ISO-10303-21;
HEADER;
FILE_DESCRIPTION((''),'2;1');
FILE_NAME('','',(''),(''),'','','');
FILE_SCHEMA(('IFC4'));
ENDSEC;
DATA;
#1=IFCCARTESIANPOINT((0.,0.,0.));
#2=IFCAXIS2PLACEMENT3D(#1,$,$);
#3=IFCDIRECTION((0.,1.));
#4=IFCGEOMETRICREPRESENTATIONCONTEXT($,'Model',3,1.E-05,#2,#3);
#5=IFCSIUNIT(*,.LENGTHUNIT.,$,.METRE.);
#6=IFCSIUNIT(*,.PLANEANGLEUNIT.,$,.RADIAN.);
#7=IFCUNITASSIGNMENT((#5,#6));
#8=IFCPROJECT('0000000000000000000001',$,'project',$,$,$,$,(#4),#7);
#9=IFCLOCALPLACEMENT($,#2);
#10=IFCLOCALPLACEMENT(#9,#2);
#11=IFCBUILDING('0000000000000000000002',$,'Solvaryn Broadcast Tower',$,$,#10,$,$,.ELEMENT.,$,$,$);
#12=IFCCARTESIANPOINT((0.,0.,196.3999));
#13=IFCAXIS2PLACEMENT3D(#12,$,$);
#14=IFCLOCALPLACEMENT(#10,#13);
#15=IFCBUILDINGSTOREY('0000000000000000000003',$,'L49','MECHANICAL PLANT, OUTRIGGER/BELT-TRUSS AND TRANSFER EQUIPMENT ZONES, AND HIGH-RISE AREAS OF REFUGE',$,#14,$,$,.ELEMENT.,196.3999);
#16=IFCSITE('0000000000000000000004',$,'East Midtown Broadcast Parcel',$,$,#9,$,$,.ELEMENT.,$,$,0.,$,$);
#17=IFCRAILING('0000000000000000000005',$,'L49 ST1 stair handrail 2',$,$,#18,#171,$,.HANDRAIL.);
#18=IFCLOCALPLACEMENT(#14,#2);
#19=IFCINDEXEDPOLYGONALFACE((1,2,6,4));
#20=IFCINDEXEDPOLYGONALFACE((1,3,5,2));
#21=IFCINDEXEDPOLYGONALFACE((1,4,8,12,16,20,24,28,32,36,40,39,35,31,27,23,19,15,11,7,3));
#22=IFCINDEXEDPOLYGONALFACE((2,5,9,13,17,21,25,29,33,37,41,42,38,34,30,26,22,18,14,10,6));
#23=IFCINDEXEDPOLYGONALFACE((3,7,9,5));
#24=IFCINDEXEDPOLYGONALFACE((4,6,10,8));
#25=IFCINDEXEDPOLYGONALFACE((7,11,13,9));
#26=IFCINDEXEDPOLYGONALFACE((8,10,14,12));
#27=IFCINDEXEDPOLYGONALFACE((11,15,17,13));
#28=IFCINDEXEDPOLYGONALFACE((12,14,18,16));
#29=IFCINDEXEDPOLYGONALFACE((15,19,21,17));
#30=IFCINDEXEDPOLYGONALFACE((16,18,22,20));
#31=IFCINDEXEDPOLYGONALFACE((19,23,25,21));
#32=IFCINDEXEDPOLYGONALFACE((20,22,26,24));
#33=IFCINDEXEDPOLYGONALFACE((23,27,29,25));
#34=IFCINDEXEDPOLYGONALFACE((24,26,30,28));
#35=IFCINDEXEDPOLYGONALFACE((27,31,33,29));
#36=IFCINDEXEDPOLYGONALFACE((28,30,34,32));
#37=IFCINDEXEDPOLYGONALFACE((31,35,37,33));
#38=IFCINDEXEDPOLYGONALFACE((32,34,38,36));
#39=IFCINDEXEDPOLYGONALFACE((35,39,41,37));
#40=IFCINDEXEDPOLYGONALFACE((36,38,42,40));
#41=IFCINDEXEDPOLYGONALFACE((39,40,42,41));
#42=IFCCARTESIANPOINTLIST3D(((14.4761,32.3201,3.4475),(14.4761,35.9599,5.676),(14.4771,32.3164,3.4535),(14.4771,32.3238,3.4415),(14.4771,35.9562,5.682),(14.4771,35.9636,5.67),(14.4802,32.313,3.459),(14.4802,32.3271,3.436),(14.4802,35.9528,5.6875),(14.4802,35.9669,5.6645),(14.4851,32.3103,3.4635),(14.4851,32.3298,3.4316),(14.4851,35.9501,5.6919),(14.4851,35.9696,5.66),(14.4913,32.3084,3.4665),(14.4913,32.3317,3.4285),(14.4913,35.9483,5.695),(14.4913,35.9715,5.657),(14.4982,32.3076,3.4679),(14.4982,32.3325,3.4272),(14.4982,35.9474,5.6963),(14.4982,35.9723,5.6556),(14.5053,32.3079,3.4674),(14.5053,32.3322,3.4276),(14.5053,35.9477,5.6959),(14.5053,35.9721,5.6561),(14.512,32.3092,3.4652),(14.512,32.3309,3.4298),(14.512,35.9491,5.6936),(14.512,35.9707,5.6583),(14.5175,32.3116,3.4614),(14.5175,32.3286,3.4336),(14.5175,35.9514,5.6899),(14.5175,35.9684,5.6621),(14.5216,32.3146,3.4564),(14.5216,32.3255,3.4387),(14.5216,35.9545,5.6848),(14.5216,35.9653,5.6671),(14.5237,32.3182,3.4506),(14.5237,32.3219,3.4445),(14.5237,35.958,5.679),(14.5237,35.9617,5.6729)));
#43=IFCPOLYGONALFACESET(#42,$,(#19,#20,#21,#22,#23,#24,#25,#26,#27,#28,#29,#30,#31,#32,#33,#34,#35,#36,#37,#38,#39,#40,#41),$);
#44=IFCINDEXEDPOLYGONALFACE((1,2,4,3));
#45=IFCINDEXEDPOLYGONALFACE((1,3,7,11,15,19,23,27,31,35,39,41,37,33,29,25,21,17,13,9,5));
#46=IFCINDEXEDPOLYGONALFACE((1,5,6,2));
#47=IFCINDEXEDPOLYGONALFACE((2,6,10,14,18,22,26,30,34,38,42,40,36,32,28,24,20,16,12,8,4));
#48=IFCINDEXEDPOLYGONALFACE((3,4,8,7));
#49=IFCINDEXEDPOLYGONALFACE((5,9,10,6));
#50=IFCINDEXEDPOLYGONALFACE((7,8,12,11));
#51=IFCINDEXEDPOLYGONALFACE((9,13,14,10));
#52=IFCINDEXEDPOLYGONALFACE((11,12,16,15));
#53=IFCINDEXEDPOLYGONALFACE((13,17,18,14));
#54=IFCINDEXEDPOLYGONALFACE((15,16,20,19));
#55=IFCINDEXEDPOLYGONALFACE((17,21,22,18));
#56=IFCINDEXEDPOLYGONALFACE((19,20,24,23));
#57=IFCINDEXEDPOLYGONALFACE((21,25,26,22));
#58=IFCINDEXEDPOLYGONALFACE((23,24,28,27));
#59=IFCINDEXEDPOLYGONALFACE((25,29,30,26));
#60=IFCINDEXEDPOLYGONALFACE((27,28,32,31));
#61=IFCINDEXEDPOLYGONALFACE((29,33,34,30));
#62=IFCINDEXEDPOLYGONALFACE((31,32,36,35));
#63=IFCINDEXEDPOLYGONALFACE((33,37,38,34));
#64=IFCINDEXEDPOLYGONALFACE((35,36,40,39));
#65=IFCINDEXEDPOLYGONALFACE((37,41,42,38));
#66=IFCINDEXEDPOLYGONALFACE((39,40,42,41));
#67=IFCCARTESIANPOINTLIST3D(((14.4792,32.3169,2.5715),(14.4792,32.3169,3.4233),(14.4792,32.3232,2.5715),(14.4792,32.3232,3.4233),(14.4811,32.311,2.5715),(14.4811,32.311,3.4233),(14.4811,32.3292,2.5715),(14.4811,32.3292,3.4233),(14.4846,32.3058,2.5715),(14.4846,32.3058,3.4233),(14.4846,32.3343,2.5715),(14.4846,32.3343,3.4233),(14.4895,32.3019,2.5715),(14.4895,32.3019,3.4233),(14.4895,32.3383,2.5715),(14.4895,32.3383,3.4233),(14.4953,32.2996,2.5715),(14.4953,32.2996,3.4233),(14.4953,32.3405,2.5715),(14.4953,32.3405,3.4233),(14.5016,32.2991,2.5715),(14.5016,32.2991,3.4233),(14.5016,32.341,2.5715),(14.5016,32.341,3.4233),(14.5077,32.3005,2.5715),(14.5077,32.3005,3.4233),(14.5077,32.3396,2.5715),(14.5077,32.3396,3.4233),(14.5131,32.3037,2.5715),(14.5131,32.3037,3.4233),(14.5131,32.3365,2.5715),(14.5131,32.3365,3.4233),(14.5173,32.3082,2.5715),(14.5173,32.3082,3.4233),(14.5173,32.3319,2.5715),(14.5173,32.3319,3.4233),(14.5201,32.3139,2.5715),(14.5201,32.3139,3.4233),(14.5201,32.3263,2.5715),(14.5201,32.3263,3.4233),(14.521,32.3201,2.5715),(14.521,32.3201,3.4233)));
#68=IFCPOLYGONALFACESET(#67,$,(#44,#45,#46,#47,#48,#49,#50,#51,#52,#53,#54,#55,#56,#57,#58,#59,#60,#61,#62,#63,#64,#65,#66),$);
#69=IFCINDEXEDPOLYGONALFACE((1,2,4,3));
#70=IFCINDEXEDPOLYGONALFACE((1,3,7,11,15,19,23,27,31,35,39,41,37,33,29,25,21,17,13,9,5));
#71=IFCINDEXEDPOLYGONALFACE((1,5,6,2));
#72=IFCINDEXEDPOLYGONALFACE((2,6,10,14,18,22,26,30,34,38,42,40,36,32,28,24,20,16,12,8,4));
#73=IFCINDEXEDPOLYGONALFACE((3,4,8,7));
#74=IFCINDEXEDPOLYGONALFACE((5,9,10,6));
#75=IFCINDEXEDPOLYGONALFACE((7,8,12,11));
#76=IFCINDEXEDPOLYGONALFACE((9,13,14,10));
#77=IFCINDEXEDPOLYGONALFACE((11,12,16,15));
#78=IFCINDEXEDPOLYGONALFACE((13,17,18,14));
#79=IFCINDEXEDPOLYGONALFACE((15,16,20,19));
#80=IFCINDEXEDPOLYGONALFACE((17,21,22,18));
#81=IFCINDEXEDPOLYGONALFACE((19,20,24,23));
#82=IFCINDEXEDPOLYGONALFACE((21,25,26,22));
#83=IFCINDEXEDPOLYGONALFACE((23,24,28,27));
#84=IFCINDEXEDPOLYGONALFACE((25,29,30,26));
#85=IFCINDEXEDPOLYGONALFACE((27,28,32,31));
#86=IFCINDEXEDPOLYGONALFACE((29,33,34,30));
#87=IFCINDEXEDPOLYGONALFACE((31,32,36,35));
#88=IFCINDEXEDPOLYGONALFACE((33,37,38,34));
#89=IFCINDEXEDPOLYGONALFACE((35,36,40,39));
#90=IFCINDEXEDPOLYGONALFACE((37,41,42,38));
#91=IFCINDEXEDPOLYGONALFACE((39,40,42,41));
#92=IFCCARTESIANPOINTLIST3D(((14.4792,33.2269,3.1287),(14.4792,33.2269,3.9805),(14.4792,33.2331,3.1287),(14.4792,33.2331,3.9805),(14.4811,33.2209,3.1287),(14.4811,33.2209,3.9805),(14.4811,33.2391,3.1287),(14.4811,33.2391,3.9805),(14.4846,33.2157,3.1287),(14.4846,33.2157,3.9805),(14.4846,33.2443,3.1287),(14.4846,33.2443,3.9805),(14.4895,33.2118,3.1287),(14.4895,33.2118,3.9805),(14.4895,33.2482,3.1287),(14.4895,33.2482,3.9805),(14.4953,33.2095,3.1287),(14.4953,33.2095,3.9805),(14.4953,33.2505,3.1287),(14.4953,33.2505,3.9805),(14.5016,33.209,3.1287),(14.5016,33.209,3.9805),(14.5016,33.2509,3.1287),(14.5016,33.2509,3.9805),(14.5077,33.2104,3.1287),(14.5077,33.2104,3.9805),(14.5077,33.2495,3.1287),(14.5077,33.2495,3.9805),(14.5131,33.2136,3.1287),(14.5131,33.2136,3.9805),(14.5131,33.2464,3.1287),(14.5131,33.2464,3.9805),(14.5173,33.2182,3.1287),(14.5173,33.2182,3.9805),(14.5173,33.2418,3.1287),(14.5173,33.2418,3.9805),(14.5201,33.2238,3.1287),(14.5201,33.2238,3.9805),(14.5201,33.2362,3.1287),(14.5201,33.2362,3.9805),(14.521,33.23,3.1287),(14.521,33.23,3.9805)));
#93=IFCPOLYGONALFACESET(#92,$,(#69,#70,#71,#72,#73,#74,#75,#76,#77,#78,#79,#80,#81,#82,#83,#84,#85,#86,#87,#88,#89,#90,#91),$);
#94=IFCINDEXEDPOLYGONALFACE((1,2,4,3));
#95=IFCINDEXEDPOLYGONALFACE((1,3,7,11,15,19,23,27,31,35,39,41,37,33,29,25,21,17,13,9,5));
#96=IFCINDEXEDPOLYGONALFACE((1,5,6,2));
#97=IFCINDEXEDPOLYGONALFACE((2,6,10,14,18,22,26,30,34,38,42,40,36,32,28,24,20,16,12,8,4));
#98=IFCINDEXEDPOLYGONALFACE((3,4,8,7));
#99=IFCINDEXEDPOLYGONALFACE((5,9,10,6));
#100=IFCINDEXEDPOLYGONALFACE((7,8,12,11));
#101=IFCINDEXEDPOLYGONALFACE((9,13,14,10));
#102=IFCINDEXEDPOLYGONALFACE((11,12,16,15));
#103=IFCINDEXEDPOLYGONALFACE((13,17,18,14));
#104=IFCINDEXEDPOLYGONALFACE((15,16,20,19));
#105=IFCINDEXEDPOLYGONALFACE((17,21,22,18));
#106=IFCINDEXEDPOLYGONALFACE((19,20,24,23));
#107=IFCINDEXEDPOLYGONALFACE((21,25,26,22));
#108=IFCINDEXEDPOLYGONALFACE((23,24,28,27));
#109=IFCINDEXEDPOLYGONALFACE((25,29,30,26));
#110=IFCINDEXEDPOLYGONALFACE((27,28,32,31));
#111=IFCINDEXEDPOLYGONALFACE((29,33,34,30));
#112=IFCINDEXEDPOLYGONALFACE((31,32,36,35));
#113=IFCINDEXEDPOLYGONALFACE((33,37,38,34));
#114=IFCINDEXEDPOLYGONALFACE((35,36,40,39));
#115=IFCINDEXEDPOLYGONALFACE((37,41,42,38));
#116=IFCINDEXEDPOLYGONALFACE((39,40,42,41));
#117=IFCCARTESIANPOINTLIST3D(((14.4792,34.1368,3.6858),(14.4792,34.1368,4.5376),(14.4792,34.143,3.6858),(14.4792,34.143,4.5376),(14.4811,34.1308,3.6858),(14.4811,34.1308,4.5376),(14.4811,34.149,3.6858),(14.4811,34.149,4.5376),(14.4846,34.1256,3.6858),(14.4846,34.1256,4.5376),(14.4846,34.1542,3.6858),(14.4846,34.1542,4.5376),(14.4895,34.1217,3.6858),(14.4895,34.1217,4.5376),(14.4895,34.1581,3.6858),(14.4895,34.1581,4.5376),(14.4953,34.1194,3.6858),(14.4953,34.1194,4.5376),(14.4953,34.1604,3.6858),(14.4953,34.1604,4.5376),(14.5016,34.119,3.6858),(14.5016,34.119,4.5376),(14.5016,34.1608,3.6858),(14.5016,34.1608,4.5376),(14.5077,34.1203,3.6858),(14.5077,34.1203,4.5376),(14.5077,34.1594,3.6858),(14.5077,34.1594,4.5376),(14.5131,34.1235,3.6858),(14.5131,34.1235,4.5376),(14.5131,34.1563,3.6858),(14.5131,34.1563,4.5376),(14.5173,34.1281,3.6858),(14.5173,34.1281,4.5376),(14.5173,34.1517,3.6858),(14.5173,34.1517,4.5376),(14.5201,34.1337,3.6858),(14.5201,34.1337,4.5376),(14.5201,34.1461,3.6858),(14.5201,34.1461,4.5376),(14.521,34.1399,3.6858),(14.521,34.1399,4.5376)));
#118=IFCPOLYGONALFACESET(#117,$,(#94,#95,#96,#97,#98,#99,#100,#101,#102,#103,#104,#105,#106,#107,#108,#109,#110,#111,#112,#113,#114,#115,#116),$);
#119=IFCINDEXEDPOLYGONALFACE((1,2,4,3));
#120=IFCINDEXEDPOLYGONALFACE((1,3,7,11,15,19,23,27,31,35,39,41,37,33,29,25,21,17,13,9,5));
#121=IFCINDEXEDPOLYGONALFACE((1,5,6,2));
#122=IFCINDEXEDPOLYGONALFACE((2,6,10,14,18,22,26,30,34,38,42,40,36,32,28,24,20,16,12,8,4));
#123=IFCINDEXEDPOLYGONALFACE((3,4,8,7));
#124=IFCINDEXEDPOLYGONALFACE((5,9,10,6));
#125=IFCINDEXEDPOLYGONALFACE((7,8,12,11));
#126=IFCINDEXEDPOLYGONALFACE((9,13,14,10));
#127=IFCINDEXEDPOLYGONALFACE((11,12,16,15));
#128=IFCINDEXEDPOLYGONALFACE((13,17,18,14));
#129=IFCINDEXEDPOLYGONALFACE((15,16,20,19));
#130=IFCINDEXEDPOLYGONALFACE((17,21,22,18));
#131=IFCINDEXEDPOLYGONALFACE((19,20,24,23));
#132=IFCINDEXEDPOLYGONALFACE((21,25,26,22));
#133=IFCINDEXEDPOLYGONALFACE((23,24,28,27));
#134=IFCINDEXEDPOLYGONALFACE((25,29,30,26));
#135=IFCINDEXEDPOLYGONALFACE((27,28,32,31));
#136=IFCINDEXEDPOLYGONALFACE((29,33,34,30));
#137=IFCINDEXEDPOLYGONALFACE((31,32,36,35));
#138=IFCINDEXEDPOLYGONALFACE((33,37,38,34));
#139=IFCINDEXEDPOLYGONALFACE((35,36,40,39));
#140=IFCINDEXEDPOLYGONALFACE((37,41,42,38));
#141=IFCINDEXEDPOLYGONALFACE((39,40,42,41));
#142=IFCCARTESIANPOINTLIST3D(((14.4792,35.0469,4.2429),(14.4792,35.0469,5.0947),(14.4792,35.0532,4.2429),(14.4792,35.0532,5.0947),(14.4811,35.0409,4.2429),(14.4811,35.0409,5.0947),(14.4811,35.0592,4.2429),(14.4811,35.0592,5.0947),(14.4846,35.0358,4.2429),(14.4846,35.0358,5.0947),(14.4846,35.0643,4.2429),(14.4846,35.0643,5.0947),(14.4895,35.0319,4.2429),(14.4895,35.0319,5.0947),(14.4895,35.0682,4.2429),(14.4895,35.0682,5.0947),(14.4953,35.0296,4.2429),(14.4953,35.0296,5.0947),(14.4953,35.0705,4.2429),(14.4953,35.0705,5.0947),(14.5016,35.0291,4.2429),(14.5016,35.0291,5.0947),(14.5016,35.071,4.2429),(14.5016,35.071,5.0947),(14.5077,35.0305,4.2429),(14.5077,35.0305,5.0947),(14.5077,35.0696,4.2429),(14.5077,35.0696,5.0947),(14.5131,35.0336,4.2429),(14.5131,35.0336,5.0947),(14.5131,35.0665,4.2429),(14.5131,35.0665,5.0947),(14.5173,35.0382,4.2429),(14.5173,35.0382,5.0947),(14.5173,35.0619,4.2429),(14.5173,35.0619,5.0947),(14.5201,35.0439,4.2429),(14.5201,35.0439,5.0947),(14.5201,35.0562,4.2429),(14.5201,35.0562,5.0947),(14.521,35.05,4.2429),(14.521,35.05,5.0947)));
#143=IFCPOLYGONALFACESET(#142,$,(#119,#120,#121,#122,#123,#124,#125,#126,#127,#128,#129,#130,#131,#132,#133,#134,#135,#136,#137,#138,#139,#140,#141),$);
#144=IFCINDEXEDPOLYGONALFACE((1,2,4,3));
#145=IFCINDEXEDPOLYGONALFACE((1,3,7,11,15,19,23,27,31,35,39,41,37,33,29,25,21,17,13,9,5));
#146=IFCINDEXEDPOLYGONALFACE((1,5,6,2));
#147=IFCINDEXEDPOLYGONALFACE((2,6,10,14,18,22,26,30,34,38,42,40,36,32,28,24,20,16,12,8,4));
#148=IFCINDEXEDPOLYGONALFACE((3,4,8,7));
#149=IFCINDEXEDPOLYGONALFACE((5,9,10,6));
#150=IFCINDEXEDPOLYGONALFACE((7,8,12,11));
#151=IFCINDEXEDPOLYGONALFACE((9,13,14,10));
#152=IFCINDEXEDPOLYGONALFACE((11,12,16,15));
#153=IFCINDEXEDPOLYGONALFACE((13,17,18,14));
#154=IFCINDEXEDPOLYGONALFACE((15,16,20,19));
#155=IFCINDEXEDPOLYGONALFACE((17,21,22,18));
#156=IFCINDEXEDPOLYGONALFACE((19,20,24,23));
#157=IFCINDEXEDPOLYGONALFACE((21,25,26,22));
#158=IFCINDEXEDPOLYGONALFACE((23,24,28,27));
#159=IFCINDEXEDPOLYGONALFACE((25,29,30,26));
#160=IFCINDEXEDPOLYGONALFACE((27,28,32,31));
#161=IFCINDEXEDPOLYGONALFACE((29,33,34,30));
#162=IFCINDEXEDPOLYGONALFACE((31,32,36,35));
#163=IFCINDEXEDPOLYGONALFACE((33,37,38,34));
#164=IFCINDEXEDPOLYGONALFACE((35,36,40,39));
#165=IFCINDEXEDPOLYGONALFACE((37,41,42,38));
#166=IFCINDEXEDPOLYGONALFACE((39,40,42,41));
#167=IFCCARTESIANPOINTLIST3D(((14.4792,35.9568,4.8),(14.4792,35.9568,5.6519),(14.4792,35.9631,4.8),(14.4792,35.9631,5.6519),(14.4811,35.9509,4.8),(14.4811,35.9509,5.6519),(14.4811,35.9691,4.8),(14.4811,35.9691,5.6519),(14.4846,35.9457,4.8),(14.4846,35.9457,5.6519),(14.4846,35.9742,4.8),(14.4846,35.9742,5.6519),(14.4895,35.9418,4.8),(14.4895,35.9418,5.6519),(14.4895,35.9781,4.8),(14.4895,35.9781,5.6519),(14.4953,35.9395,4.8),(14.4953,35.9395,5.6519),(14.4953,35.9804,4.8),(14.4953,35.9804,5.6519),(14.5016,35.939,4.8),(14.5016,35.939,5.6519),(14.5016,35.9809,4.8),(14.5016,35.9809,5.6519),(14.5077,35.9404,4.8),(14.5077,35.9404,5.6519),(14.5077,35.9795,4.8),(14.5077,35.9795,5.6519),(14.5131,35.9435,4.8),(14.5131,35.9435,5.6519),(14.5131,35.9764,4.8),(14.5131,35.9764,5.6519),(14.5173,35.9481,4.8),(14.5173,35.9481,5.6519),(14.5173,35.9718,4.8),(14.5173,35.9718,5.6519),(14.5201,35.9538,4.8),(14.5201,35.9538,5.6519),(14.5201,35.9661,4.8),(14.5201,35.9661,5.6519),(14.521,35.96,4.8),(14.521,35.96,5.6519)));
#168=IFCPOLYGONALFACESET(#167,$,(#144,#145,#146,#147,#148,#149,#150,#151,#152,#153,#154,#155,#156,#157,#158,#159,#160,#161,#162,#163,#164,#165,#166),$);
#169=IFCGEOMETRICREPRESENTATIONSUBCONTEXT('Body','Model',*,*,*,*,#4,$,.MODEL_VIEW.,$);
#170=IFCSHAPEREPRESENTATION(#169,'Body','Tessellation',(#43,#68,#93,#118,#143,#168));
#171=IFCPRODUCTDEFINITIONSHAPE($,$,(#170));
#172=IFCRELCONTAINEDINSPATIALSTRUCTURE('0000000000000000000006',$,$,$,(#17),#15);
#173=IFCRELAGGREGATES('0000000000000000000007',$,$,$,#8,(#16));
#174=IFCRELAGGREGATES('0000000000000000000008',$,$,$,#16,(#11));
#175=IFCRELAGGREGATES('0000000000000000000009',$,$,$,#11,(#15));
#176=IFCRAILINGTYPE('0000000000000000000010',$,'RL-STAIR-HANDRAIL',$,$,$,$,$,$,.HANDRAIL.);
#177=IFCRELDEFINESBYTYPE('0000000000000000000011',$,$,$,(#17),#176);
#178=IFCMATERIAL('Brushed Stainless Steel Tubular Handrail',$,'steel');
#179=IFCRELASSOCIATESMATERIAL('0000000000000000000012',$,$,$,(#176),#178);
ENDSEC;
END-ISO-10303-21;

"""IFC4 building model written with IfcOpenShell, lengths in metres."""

from ifc_helpers import new_model, si_unit, direction, frame, origin, origin_2d, place, context, subcontext, project, spatial, circle, extrude, material, type_object, element, save


model = new_model("IFC4")

# Units and contexts
model_context = context("Model", 3, precision=1e-05, world=origin(), true_north=direction((0.0, 1.0)))
body_context = subcontext(model_context, "Body", "Model", "MODEL_VIEW")
ifc_project = project(units=[si_unit("LENGTHUNIT", "METRE"), si_unit("PLANEANGLEUNIT", "RADIAN")], contexts=[model_context])

# Site, building, storey
site_placement = place(None, origin())
site = spatial("IfcSite", under=ifc_project, at=site_placement, Name="East Midtown Broadcast Parcel", CompositionType="ELEMENT", RefElevation=0.0)
building_placement = place(site_placement, origin())
building = spatial("IfcBuilding", under=site, at=building_placement, Name="Solvaryn Broadcast Tower", CompositionType="ELEMENT")
storey_placement = place(building_placement, frame((0.0, 0.0, 196.3999)))
storey = spatial("IfcBuildingStorey", under=building, at=storey_placement, Name="L49", Description="MECHANICAL PLANT, OUTRIGGER/BELT-TRUSS AND TRANSFER EQUIPMENT ZONES, AND HIGH-RISE AREAS OF REFUGE", CompositionType="ELEMENT", Elevation=196.3999)

# Railing
ifc_material_1 = material(Name="Brushed Stainless Steel Tubular Handrail", Category="steel")
railing_type_1 = type_object("IfcRailingType", Name="RL-STAIR-HANDRAIL", PredefinedType="HANDRAIL", material=ifc_material_1)
railing_1_placement = place(storey_placement, frame((14.5, 32.3201, 2.5715)))
element("IfcRailing", 1, at=railing_1_placement, inside=storey, type_object=railing_type_1, Name="L49 ST1 stair handrail 2", PredefinedType="HANDRAIL", context=body_context, shape_type="SweptSolid", body=[
    extrude(circle(Radius=0.0239, at=origin_2d()), frame((0.0, 0.0, 0.876), z_axis=(0.0, 0.85285, 0.522156), x_axis=(-1.0, 0.0, 0.0)), (0.0, 0.0, 1.0), 4.2678),
    extrude(circle(Radius=0.021, at=origin_2d()), origin(), (0.0, 0.0, 1.0), 0.8518),
    extrude(circle(Radius=0.021, at=origin_2d()), frame((0.0, 0.9099, 0.5571)), (0.0, 0.0, 1.0), 0.8518),
    extrude(circle(Radius=0.021, at=origin_2d()), frame((0.0, 1.8198, 1.1143)), (0.0, 0.0, 1.0), 0.8518),
    extrude(circle(Radius=0.021, at=origin_2d()), frame((0.0, 2.73, 1.6714)), (0.0, 0.0, 1.0), 0.8518),
    extrude(circle(Radius=0.021, at=origin_2d()), frame((0.0, 3.6399, 2.2285)), (0.0, 0.0, 1.0), 0.8518),
])

save(model, "model.ifc")
